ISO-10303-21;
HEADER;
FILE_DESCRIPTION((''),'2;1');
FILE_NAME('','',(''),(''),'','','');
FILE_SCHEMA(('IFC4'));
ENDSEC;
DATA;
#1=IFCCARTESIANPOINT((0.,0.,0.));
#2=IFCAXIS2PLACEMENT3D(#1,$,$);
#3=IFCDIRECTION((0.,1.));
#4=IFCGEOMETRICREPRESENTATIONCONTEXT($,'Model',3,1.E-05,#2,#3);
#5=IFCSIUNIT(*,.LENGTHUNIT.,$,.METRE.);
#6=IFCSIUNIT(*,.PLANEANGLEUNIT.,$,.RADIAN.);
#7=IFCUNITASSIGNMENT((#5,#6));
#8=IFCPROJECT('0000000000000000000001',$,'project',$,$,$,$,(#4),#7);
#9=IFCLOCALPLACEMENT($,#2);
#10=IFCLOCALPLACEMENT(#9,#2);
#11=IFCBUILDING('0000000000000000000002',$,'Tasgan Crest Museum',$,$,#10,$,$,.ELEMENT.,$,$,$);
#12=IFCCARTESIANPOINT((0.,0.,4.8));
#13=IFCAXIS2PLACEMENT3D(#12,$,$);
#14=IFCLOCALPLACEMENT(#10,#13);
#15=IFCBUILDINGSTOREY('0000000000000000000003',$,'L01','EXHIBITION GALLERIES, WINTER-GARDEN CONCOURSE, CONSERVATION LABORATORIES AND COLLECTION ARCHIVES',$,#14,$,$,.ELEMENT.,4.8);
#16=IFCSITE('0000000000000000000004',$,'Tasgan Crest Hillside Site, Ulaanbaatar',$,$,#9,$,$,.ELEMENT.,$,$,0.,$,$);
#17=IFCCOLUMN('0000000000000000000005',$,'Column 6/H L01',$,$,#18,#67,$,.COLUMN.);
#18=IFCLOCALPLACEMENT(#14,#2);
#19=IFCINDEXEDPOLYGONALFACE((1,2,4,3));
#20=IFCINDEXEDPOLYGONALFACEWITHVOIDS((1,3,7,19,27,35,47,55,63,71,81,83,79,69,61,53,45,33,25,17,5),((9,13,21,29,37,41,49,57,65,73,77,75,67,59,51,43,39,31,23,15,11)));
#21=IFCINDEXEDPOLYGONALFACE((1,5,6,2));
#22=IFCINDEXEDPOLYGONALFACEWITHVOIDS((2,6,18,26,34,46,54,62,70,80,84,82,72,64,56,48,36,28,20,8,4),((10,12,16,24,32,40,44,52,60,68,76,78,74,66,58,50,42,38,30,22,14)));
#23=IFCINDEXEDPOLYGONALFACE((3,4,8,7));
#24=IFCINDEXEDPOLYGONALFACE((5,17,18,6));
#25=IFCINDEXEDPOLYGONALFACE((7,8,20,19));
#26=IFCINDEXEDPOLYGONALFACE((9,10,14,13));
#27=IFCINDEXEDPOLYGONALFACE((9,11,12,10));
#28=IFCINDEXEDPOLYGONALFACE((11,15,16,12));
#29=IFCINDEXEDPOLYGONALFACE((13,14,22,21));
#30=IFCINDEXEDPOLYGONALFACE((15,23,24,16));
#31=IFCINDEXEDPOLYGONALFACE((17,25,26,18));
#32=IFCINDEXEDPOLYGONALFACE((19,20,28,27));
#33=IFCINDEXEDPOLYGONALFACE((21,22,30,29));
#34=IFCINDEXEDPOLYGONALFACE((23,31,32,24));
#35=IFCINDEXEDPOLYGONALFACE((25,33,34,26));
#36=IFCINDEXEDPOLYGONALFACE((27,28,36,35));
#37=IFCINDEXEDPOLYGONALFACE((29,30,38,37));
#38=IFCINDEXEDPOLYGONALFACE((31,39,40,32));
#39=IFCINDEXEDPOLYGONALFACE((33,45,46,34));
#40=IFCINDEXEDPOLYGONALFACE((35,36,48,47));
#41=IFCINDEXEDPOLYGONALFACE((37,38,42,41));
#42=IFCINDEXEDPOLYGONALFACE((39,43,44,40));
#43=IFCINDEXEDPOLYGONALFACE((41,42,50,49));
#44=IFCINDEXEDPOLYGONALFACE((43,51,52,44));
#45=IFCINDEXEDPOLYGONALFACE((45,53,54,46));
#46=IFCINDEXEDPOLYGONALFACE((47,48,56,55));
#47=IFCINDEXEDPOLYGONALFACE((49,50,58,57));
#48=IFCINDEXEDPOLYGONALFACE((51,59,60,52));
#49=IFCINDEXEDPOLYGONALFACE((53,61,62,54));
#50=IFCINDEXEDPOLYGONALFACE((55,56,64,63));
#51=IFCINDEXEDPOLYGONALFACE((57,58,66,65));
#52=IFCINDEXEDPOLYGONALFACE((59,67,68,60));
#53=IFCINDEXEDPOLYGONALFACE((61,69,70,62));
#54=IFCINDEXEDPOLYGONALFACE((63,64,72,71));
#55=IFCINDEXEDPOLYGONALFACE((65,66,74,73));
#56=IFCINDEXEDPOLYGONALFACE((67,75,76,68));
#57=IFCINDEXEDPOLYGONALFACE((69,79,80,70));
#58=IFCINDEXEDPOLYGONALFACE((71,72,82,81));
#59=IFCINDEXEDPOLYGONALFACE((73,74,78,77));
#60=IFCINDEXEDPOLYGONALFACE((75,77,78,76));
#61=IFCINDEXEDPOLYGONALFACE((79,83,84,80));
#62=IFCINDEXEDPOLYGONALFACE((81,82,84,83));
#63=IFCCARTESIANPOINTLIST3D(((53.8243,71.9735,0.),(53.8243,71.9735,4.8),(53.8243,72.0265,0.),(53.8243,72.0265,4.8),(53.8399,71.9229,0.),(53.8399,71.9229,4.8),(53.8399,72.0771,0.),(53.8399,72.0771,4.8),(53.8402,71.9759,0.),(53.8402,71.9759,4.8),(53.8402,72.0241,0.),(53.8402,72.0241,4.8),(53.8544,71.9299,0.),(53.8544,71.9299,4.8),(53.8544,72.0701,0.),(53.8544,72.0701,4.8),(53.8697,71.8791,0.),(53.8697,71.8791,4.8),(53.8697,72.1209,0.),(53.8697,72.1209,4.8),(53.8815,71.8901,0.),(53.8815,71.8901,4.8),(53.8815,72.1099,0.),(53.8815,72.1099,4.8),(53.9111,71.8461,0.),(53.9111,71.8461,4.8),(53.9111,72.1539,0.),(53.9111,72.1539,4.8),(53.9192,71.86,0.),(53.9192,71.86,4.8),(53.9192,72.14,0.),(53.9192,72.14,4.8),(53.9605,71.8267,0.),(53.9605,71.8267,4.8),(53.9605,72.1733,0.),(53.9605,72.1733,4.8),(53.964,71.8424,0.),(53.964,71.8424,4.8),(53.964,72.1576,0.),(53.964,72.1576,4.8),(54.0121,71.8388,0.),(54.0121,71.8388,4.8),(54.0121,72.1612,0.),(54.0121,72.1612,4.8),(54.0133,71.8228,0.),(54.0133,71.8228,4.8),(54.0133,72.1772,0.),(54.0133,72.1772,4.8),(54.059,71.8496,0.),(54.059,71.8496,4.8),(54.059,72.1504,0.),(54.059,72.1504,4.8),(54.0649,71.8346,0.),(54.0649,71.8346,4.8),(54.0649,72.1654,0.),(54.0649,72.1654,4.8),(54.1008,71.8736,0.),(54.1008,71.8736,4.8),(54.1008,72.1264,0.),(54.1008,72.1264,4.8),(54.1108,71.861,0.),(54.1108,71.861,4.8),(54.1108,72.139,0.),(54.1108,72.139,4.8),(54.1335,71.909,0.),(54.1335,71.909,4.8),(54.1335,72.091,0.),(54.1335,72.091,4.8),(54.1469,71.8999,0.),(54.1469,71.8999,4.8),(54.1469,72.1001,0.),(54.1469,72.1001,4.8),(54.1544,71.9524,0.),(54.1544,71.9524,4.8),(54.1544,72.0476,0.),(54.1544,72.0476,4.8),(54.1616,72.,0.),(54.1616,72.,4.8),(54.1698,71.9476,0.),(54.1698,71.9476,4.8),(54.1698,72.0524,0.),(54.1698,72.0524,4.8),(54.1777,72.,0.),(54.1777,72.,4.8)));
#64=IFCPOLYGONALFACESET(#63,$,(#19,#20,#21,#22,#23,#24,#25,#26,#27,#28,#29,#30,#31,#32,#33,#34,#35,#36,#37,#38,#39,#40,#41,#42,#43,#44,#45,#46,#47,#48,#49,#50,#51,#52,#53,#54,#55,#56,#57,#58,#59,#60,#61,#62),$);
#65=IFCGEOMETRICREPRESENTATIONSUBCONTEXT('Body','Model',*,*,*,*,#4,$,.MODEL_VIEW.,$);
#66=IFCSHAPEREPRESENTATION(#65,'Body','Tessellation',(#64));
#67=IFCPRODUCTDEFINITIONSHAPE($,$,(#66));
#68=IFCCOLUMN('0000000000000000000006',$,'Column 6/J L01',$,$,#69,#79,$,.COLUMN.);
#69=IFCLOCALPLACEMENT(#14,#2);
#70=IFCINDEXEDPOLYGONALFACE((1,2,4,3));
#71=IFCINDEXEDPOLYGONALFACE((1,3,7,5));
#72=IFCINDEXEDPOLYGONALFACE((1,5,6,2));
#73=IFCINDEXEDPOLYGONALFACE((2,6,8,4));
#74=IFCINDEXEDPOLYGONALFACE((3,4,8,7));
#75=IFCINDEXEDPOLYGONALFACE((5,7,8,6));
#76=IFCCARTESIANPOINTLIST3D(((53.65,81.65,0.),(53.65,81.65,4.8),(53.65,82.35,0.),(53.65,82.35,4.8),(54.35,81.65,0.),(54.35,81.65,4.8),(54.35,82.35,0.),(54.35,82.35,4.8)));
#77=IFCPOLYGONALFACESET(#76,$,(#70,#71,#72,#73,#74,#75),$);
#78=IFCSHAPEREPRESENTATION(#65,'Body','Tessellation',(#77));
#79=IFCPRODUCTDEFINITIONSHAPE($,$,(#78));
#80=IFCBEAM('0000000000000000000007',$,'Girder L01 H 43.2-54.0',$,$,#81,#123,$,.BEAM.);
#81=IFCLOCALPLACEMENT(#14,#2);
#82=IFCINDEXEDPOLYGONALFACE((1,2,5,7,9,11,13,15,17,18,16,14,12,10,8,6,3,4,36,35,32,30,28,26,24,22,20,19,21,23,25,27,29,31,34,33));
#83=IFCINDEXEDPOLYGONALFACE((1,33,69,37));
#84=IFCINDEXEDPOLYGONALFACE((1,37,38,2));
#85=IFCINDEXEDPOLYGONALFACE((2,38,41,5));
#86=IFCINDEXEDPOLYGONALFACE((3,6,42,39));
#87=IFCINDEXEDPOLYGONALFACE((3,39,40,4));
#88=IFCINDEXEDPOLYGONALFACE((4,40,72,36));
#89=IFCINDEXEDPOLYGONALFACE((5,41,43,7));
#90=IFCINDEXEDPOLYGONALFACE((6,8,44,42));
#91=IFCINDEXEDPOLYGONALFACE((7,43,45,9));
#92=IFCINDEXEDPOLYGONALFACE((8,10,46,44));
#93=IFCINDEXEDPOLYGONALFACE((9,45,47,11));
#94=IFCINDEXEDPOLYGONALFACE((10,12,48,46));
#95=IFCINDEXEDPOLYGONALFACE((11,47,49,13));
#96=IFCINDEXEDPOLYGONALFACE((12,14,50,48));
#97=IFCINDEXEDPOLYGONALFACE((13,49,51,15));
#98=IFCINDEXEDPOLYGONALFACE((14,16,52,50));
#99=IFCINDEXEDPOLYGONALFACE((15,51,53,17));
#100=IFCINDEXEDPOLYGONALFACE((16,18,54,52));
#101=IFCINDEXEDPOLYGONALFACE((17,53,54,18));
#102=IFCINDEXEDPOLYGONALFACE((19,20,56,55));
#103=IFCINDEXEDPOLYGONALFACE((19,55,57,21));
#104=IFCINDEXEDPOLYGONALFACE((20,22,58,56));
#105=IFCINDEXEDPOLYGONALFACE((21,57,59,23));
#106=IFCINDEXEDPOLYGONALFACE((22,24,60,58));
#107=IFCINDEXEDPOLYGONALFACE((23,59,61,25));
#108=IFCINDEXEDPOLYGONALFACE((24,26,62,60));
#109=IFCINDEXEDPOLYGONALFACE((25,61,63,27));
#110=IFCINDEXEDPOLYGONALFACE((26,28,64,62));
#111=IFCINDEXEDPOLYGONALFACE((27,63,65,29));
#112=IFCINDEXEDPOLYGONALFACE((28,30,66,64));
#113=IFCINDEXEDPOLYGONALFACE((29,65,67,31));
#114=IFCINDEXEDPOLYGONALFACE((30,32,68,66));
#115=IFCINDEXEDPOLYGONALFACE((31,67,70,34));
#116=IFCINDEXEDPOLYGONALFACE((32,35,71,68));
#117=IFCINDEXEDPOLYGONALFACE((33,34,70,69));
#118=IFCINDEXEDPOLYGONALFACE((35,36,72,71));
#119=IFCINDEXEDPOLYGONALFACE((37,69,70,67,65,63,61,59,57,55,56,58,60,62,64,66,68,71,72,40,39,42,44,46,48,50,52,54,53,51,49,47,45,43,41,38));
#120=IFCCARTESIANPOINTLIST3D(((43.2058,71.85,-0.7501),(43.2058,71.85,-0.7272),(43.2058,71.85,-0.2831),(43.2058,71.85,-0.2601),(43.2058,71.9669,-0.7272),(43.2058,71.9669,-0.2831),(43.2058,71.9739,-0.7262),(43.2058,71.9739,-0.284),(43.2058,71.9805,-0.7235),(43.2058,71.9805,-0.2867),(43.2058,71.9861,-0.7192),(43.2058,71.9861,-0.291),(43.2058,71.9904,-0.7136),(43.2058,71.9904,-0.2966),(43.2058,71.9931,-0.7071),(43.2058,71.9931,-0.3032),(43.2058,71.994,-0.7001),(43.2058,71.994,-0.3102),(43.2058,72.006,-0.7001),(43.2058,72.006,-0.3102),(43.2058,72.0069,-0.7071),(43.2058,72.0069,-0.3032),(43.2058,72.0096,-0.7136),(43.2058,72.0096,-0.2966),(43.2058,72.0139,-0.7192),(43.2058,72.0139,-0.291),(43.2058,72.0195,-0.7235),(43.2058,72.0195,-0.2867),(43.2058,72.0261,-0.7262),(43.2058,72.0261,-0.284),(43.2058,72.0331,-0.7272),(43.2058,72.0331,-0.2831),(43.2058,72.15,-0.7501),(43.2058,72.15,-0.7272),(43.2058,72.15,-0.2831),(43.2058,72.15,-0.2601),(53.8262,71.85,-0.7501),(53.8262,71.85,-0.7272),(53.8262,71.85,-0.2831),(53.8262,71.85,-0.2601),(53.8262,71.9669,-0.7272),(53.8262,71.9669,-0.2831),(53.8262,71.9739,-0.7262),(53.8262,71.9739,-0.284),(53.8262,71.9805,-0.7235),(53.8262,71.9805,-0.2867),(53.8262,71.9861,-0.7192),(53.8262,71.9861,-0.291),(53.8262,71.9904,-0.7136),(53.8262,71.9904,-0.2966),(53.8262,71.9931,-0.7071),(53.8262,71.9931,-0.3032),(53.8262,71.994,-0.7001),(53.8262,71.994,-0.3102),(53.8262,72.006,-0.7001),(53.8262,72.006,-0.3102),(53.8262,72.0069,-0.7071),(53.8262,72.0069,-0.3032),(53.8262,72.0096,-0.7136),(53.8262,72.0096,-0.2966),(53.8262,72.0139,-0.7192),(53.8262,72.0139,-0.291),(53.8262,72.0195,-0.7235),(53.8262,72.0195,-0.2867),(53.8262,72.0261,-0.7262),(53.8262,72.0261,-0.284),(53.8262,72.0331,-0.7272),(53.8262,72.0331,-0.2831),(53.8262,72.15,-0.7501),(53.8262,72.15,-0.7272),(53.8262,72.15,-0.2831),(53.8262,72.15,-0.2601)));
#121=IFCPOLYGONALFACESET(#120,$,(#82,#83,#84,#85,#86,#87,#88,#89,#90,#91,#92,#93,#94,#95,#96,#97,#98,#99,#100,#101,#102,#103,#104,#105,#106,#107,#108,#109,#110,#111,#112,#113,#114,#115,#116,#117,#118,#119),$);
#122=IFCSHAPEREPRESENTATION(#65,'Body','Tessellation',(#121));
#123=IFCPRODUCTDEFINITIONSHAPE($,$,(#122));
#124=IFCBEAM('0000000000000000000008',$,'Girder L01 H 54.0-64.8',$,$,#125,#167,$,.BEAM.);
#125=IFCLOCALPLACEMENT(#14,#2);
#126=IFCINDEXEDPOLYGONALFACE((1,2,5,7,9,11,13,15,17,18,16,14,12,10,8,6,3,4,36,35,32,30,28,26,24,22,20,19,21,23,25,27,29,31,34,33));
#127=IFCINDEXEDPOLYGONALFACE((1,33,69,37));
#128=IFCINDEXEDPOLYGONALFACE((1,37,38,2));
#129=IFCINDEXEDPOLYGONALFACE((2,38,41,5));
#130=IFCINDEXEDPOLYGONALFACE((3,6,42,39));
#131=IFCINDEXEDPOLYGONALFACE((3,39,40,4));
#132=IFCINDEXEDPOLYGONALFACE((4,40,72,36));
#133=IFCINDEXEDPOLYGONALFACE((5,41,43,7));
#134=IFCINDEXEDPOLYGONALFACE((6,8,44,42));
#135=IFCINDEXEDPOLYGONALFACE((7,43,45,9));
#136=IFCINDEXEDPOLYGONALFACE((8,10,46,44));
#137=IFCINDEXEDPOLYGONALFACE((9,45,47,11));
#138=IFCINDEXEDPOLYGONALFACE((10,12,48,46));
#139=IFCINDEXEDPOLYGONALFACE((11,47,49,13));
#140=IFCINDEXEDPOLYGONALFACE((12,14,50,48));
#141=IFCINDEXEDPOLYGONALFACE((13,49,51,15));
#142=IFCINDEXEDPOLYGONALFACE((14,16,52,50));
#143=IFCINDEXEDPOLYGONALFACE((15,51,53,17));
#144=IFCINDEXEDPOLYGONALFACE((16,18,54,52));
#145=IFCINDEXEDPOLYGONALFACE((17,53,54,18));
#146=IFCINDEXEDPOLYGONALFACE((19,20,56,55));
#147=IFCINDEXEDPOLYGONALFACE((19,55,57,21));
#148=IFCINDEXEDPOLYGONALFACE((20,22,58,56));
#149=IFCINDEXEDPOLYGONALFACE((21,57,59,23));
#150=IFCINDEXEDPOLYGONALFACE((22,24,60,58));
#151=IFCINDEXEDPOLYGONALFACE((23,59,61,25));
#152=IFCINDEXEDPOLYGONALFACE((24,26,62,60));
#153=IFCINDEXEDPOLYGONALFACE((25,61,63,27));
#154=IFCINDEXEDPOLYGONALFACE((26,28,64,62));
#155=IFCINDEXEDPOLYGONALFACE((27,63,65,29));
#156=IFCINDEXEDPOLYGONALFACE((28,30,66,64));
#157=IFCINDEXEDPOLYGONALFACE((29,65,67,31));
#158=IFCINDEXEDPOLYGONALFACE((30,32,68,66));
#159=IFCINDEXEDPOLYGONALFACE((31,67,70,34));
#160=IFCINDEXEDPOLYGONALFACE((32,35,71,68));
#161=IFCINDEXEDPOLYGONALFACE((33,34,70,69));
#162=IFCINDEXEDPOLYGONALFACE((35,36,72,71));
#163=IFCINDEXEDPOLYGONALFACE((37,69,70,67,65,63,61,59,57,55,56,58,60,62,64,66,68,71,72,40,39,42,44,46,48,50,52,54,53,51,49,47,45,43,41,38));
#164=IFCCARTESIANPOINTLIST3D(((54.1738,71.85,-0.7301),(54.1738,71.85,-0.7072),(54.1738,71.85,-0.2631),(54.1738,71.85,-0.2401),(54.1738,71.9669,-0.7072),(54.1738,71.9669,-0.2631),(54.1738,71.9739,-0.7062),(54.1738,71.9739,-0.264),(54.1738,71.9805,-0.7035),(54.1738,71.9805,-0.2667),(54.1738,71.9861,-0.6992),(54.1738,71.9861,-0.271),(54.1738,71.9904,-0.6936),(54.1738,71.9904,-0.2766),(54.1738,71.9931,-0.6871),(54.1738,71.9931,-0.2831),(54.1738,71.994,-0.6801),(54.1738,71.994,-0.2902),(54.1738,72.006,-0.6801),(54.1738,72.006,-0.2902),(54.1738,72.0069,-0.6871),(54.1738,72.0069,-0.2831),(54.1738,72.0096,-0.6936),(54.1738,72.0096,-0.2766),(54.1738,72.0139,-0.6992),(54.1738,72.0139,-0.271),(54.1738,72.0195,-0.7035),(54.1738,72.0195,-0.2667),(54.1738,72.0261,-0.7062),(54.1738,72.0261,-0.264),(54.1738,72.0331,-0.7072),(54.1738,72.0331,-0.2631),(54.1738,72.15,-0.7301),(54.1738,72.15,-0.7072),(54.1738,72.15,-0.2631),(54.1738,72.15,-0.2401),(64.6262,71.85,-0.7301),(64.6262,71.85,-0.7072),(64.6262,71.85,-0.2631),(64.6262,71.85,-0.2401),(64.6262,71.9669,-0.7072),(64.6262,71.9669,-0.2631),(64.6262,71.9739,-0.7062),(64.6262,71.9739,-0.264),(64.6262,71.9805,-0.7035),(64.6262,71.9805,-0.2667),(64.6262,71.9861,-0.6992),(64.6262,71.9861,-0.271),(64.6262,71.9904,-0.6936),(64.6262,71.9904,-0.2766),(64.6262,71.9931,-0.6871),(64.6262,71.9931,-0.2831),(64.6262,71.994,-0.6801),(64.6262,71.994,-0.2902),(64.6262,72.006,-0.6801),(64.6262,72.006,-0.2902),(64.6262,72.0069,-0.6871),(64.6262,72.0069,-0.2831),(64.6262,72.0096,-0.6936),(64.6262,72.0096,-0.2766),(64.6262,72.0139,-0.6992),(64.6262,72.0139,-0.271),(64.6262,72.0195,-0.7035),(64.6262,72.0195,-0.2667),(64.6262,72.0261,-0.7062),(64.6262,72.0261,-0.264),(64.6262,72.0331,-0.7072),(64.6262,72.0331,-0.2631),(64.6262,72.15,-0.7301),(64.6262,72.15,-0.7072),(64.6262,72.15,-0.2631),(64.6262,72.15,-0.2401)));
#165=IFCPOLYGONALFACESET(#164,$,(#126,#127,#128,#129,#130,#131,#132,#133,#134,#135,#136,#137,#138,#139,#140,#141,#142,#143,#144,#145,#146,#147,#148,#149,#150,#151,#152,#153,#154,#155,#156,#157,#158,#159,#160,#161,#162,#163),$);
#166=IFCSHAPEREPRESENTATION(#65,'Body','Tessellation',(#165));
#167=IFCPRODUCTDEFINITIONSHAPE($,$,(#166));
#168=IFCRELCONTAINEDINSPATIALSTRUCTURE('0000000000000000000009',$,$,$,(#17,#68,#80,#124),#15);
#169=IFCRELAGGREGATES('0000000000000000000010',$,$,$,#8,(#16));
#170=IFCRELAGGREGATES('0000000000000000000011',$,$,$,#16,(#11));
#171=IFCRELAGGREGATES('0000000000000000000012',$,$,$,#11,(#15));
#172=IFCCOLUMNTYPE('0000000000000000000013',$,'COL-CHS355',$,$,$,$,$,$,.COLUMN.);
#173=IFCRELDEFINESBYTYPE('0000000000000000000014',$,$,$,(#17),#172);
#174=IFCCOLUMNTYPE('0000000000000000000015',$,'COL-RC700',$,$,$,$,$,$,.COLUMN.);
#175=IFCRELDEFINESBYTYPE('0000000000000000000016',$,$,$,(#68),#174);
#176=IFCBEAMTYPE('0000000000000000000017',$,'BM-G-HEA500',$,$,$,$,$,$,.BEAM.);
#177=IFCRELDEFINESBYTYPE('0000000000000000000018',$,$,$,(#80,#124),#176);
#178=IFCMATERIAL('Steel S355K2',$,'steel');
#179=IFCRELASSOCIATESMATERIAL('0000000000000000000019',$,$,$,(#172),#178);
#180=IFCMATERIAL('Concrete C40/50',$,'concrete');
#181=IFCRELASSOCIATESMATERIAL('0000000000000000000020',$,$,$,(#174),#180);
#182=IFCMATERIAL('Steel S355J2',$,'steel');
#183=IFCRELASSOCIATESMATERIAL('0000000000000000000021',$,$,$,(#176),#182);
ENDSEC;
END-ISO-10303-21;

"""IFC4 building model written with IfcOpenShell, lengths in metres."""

from ifc_helpers import new_model, si_unit, direction, frame, origin, origin_2d, place, context, subcontext, project, spatial, rectangle, hollow_circle, i_section, extrude, material, material_profile, profile_set, type_object, element, save


model = new_model("IFC4")

# Units and contexts
model_context = context("Model", 3, precision=1e-05, world=origin(), true_north=direction((0.0, 1.0)))
body_context = subcontext(model_context, "Body", "Model", "MODEL_VIEW")
ifc_project = project(units=[si_unit("LENGTHUNIT", "METRE"), si_unit("PLANEANGLEUNIT", "RADIAN")], contexts=[model_context])

# Site, building, storey
site_placement = place(None, origin())
site = spatial("IfcSite", under=ifc_project, at=site_placement, Name="Tasgan Crest Hillside Site, Ulaanbaatar", CompositionType="ELEMENT", RefElevation=0.0)
building_placement = place(site_placement, origin())
building = spatial("IfcBuilding", under=site, at=building_placement, Name="Tasgan Crest Museum", CompositionType="ELEMENT")
storey_placement = place(building_placement, frame((0.0, 0.0, 4.8)))
storey = spatial("IfcBuildingStorey", under=building, at=storey_placement, Name="L01", Description="EXHIBITION GALLERIES, WINTER-GARDEN CONCOURSE, CONSERVATION LABORATORIES AND COLLECTION ARCHIVES", CompositionType="ELEMENT", Elevation=4.8)

# Columns
ifc_material_1 = material(Name="Steel S355K2", Category="steel")
ifc_material_profile_1 = material_profile(ifc_material_1, hollow_circle(Radius=0.1777, WallThickness=0.0161, at=origin_2d()), Name="CHS 355.6x16")
ifc_profile_set_1 = profile_set([ifc_material_profile_1], Name="Steel S355K2")
column_type_1 = type_object("IfcColumnType", Name="COL-CHS355", PredefinedType="COLUMN", material=ifc_profile_set_1)
column_1_placement = place(storey_placement, frame((54.0, 72.0, 0.0), z_axis=(0.0, 0.0, 1.0), x_axis=(1.0, 0.0, 0.0)))
element("IfcColumn", 1, at=column_1_placement, inside=storey, type_object=column_type_1, Name="Column 6/H L01", PredefinedType="COLUMN", context=body_context, shape_type="SweptSolid", body=[
    extrude(hollow_circle(Radius=0.1777, WallThickness=0.0161, at=origin_2d()), origin(), (0.0, 0.0, 1.0), 4.8),
])
ifc_material_2 = material(Name="Concrete C40/50", Category="concrete")
ifc_material_profile_2 = material_profile(ifc_material_2, rectangle(XDim=0.7, YDim=0.7, at=origin_2d()), Name="RC 700x700")
ifc_profile_set_2 = profile_set([ifc_material_profile_2], Name="Concrete C40/50")
column_type_2 = type_object("IfcColumnType", Name="COL-RC700", PredefinedType="COLUMN", material=ifc_profile_set_2)
column_2_placement = place(storey_placement, frame((54.0, 82.0, 0.0), z_axis=(0.0, 0.0, 1.0), x_axis=(1.0, 0.0, 0.0)))
element("IfcColumn", 2, at=column_2_placement, inside=storey, type_object=column_type_2, Name="Column 6/J L01", PredefinedType="COLUMN", context=body_context, shape_type="SweptSolid", body=[
    extrude(rectangle(XDim=0.7, YDim=0.7, at=origin_2d()), origin(), (0.0, 0.0, 1.0), 4.8),
])

# Beams
ifc_material_3 = material(Name="Steel S355J2", Category="steel")
ifc_material_profile_3 = material_profile(ifc_material_3, i_section(OverallWidth=0.3, OverallDepth=0.49, WebThickness=0.012, FlangeThickness=0.0229, FilletRadius=0.0271, at=origin_2d()), Name="HEA 500")
ifc_profile_set_3 = profile_set([ifc_material_profile_3], Name="Steel S355J2")
beam_type_1 = type_object("IfcBeamType", Name="BM-G-HEA500", PredefinedType="BEAM", material=ifc_profile_set_3)
beam_1_placement = place(storey_placement, frame((43.2058, 72.0, -0.5051), z_axis=(1.0, 0.0, 0.0), x_axis=(0.0, 1.0, 0.0)))
element("IfcBeam", 3, at=beam_1_placement, inside=storey, type_object=beam_type_1, Name="Girder L01 H 43.2-54.0", PredefinedType="BEAM", context=body_context, shape_type="SweptSolid", body=[
    extrude(i_section(OverallWidth=0.3, OverallDepth=0.49, WebThickness=0.012, FlangeThickness=0.0229, FilletRadius=0.0271, at=origin_2d()), origin(), (0.0, 0.0, 1.0), 10.6204),
])
beam_2_placement = place(storey_placement, frame((54.1738, 72.0, -0.4851), z_axis=(1.0, 0.0, 0.0), x_axis=(0.0, 1.0, 0.0)))
element("IfcBeam", 4, at=beam_2_placement, inside=storey, type_object=beam_type_1, Name="Girder L01 H 54.0-64.8", PredefinedType="BEAM", context=body_context, shape_type="SweptSolid", body=[
    extrude(i_section(OverallWidth=0.3, OverallDepth=0.49, WebThickness=0.012, FlangeThickness=0.0229, FilletRadius=0.0271, at=origin_2d()), origin(), (0.0, 0.0, 1.0), 10.4524),
])

save(model, "model.ifc")
